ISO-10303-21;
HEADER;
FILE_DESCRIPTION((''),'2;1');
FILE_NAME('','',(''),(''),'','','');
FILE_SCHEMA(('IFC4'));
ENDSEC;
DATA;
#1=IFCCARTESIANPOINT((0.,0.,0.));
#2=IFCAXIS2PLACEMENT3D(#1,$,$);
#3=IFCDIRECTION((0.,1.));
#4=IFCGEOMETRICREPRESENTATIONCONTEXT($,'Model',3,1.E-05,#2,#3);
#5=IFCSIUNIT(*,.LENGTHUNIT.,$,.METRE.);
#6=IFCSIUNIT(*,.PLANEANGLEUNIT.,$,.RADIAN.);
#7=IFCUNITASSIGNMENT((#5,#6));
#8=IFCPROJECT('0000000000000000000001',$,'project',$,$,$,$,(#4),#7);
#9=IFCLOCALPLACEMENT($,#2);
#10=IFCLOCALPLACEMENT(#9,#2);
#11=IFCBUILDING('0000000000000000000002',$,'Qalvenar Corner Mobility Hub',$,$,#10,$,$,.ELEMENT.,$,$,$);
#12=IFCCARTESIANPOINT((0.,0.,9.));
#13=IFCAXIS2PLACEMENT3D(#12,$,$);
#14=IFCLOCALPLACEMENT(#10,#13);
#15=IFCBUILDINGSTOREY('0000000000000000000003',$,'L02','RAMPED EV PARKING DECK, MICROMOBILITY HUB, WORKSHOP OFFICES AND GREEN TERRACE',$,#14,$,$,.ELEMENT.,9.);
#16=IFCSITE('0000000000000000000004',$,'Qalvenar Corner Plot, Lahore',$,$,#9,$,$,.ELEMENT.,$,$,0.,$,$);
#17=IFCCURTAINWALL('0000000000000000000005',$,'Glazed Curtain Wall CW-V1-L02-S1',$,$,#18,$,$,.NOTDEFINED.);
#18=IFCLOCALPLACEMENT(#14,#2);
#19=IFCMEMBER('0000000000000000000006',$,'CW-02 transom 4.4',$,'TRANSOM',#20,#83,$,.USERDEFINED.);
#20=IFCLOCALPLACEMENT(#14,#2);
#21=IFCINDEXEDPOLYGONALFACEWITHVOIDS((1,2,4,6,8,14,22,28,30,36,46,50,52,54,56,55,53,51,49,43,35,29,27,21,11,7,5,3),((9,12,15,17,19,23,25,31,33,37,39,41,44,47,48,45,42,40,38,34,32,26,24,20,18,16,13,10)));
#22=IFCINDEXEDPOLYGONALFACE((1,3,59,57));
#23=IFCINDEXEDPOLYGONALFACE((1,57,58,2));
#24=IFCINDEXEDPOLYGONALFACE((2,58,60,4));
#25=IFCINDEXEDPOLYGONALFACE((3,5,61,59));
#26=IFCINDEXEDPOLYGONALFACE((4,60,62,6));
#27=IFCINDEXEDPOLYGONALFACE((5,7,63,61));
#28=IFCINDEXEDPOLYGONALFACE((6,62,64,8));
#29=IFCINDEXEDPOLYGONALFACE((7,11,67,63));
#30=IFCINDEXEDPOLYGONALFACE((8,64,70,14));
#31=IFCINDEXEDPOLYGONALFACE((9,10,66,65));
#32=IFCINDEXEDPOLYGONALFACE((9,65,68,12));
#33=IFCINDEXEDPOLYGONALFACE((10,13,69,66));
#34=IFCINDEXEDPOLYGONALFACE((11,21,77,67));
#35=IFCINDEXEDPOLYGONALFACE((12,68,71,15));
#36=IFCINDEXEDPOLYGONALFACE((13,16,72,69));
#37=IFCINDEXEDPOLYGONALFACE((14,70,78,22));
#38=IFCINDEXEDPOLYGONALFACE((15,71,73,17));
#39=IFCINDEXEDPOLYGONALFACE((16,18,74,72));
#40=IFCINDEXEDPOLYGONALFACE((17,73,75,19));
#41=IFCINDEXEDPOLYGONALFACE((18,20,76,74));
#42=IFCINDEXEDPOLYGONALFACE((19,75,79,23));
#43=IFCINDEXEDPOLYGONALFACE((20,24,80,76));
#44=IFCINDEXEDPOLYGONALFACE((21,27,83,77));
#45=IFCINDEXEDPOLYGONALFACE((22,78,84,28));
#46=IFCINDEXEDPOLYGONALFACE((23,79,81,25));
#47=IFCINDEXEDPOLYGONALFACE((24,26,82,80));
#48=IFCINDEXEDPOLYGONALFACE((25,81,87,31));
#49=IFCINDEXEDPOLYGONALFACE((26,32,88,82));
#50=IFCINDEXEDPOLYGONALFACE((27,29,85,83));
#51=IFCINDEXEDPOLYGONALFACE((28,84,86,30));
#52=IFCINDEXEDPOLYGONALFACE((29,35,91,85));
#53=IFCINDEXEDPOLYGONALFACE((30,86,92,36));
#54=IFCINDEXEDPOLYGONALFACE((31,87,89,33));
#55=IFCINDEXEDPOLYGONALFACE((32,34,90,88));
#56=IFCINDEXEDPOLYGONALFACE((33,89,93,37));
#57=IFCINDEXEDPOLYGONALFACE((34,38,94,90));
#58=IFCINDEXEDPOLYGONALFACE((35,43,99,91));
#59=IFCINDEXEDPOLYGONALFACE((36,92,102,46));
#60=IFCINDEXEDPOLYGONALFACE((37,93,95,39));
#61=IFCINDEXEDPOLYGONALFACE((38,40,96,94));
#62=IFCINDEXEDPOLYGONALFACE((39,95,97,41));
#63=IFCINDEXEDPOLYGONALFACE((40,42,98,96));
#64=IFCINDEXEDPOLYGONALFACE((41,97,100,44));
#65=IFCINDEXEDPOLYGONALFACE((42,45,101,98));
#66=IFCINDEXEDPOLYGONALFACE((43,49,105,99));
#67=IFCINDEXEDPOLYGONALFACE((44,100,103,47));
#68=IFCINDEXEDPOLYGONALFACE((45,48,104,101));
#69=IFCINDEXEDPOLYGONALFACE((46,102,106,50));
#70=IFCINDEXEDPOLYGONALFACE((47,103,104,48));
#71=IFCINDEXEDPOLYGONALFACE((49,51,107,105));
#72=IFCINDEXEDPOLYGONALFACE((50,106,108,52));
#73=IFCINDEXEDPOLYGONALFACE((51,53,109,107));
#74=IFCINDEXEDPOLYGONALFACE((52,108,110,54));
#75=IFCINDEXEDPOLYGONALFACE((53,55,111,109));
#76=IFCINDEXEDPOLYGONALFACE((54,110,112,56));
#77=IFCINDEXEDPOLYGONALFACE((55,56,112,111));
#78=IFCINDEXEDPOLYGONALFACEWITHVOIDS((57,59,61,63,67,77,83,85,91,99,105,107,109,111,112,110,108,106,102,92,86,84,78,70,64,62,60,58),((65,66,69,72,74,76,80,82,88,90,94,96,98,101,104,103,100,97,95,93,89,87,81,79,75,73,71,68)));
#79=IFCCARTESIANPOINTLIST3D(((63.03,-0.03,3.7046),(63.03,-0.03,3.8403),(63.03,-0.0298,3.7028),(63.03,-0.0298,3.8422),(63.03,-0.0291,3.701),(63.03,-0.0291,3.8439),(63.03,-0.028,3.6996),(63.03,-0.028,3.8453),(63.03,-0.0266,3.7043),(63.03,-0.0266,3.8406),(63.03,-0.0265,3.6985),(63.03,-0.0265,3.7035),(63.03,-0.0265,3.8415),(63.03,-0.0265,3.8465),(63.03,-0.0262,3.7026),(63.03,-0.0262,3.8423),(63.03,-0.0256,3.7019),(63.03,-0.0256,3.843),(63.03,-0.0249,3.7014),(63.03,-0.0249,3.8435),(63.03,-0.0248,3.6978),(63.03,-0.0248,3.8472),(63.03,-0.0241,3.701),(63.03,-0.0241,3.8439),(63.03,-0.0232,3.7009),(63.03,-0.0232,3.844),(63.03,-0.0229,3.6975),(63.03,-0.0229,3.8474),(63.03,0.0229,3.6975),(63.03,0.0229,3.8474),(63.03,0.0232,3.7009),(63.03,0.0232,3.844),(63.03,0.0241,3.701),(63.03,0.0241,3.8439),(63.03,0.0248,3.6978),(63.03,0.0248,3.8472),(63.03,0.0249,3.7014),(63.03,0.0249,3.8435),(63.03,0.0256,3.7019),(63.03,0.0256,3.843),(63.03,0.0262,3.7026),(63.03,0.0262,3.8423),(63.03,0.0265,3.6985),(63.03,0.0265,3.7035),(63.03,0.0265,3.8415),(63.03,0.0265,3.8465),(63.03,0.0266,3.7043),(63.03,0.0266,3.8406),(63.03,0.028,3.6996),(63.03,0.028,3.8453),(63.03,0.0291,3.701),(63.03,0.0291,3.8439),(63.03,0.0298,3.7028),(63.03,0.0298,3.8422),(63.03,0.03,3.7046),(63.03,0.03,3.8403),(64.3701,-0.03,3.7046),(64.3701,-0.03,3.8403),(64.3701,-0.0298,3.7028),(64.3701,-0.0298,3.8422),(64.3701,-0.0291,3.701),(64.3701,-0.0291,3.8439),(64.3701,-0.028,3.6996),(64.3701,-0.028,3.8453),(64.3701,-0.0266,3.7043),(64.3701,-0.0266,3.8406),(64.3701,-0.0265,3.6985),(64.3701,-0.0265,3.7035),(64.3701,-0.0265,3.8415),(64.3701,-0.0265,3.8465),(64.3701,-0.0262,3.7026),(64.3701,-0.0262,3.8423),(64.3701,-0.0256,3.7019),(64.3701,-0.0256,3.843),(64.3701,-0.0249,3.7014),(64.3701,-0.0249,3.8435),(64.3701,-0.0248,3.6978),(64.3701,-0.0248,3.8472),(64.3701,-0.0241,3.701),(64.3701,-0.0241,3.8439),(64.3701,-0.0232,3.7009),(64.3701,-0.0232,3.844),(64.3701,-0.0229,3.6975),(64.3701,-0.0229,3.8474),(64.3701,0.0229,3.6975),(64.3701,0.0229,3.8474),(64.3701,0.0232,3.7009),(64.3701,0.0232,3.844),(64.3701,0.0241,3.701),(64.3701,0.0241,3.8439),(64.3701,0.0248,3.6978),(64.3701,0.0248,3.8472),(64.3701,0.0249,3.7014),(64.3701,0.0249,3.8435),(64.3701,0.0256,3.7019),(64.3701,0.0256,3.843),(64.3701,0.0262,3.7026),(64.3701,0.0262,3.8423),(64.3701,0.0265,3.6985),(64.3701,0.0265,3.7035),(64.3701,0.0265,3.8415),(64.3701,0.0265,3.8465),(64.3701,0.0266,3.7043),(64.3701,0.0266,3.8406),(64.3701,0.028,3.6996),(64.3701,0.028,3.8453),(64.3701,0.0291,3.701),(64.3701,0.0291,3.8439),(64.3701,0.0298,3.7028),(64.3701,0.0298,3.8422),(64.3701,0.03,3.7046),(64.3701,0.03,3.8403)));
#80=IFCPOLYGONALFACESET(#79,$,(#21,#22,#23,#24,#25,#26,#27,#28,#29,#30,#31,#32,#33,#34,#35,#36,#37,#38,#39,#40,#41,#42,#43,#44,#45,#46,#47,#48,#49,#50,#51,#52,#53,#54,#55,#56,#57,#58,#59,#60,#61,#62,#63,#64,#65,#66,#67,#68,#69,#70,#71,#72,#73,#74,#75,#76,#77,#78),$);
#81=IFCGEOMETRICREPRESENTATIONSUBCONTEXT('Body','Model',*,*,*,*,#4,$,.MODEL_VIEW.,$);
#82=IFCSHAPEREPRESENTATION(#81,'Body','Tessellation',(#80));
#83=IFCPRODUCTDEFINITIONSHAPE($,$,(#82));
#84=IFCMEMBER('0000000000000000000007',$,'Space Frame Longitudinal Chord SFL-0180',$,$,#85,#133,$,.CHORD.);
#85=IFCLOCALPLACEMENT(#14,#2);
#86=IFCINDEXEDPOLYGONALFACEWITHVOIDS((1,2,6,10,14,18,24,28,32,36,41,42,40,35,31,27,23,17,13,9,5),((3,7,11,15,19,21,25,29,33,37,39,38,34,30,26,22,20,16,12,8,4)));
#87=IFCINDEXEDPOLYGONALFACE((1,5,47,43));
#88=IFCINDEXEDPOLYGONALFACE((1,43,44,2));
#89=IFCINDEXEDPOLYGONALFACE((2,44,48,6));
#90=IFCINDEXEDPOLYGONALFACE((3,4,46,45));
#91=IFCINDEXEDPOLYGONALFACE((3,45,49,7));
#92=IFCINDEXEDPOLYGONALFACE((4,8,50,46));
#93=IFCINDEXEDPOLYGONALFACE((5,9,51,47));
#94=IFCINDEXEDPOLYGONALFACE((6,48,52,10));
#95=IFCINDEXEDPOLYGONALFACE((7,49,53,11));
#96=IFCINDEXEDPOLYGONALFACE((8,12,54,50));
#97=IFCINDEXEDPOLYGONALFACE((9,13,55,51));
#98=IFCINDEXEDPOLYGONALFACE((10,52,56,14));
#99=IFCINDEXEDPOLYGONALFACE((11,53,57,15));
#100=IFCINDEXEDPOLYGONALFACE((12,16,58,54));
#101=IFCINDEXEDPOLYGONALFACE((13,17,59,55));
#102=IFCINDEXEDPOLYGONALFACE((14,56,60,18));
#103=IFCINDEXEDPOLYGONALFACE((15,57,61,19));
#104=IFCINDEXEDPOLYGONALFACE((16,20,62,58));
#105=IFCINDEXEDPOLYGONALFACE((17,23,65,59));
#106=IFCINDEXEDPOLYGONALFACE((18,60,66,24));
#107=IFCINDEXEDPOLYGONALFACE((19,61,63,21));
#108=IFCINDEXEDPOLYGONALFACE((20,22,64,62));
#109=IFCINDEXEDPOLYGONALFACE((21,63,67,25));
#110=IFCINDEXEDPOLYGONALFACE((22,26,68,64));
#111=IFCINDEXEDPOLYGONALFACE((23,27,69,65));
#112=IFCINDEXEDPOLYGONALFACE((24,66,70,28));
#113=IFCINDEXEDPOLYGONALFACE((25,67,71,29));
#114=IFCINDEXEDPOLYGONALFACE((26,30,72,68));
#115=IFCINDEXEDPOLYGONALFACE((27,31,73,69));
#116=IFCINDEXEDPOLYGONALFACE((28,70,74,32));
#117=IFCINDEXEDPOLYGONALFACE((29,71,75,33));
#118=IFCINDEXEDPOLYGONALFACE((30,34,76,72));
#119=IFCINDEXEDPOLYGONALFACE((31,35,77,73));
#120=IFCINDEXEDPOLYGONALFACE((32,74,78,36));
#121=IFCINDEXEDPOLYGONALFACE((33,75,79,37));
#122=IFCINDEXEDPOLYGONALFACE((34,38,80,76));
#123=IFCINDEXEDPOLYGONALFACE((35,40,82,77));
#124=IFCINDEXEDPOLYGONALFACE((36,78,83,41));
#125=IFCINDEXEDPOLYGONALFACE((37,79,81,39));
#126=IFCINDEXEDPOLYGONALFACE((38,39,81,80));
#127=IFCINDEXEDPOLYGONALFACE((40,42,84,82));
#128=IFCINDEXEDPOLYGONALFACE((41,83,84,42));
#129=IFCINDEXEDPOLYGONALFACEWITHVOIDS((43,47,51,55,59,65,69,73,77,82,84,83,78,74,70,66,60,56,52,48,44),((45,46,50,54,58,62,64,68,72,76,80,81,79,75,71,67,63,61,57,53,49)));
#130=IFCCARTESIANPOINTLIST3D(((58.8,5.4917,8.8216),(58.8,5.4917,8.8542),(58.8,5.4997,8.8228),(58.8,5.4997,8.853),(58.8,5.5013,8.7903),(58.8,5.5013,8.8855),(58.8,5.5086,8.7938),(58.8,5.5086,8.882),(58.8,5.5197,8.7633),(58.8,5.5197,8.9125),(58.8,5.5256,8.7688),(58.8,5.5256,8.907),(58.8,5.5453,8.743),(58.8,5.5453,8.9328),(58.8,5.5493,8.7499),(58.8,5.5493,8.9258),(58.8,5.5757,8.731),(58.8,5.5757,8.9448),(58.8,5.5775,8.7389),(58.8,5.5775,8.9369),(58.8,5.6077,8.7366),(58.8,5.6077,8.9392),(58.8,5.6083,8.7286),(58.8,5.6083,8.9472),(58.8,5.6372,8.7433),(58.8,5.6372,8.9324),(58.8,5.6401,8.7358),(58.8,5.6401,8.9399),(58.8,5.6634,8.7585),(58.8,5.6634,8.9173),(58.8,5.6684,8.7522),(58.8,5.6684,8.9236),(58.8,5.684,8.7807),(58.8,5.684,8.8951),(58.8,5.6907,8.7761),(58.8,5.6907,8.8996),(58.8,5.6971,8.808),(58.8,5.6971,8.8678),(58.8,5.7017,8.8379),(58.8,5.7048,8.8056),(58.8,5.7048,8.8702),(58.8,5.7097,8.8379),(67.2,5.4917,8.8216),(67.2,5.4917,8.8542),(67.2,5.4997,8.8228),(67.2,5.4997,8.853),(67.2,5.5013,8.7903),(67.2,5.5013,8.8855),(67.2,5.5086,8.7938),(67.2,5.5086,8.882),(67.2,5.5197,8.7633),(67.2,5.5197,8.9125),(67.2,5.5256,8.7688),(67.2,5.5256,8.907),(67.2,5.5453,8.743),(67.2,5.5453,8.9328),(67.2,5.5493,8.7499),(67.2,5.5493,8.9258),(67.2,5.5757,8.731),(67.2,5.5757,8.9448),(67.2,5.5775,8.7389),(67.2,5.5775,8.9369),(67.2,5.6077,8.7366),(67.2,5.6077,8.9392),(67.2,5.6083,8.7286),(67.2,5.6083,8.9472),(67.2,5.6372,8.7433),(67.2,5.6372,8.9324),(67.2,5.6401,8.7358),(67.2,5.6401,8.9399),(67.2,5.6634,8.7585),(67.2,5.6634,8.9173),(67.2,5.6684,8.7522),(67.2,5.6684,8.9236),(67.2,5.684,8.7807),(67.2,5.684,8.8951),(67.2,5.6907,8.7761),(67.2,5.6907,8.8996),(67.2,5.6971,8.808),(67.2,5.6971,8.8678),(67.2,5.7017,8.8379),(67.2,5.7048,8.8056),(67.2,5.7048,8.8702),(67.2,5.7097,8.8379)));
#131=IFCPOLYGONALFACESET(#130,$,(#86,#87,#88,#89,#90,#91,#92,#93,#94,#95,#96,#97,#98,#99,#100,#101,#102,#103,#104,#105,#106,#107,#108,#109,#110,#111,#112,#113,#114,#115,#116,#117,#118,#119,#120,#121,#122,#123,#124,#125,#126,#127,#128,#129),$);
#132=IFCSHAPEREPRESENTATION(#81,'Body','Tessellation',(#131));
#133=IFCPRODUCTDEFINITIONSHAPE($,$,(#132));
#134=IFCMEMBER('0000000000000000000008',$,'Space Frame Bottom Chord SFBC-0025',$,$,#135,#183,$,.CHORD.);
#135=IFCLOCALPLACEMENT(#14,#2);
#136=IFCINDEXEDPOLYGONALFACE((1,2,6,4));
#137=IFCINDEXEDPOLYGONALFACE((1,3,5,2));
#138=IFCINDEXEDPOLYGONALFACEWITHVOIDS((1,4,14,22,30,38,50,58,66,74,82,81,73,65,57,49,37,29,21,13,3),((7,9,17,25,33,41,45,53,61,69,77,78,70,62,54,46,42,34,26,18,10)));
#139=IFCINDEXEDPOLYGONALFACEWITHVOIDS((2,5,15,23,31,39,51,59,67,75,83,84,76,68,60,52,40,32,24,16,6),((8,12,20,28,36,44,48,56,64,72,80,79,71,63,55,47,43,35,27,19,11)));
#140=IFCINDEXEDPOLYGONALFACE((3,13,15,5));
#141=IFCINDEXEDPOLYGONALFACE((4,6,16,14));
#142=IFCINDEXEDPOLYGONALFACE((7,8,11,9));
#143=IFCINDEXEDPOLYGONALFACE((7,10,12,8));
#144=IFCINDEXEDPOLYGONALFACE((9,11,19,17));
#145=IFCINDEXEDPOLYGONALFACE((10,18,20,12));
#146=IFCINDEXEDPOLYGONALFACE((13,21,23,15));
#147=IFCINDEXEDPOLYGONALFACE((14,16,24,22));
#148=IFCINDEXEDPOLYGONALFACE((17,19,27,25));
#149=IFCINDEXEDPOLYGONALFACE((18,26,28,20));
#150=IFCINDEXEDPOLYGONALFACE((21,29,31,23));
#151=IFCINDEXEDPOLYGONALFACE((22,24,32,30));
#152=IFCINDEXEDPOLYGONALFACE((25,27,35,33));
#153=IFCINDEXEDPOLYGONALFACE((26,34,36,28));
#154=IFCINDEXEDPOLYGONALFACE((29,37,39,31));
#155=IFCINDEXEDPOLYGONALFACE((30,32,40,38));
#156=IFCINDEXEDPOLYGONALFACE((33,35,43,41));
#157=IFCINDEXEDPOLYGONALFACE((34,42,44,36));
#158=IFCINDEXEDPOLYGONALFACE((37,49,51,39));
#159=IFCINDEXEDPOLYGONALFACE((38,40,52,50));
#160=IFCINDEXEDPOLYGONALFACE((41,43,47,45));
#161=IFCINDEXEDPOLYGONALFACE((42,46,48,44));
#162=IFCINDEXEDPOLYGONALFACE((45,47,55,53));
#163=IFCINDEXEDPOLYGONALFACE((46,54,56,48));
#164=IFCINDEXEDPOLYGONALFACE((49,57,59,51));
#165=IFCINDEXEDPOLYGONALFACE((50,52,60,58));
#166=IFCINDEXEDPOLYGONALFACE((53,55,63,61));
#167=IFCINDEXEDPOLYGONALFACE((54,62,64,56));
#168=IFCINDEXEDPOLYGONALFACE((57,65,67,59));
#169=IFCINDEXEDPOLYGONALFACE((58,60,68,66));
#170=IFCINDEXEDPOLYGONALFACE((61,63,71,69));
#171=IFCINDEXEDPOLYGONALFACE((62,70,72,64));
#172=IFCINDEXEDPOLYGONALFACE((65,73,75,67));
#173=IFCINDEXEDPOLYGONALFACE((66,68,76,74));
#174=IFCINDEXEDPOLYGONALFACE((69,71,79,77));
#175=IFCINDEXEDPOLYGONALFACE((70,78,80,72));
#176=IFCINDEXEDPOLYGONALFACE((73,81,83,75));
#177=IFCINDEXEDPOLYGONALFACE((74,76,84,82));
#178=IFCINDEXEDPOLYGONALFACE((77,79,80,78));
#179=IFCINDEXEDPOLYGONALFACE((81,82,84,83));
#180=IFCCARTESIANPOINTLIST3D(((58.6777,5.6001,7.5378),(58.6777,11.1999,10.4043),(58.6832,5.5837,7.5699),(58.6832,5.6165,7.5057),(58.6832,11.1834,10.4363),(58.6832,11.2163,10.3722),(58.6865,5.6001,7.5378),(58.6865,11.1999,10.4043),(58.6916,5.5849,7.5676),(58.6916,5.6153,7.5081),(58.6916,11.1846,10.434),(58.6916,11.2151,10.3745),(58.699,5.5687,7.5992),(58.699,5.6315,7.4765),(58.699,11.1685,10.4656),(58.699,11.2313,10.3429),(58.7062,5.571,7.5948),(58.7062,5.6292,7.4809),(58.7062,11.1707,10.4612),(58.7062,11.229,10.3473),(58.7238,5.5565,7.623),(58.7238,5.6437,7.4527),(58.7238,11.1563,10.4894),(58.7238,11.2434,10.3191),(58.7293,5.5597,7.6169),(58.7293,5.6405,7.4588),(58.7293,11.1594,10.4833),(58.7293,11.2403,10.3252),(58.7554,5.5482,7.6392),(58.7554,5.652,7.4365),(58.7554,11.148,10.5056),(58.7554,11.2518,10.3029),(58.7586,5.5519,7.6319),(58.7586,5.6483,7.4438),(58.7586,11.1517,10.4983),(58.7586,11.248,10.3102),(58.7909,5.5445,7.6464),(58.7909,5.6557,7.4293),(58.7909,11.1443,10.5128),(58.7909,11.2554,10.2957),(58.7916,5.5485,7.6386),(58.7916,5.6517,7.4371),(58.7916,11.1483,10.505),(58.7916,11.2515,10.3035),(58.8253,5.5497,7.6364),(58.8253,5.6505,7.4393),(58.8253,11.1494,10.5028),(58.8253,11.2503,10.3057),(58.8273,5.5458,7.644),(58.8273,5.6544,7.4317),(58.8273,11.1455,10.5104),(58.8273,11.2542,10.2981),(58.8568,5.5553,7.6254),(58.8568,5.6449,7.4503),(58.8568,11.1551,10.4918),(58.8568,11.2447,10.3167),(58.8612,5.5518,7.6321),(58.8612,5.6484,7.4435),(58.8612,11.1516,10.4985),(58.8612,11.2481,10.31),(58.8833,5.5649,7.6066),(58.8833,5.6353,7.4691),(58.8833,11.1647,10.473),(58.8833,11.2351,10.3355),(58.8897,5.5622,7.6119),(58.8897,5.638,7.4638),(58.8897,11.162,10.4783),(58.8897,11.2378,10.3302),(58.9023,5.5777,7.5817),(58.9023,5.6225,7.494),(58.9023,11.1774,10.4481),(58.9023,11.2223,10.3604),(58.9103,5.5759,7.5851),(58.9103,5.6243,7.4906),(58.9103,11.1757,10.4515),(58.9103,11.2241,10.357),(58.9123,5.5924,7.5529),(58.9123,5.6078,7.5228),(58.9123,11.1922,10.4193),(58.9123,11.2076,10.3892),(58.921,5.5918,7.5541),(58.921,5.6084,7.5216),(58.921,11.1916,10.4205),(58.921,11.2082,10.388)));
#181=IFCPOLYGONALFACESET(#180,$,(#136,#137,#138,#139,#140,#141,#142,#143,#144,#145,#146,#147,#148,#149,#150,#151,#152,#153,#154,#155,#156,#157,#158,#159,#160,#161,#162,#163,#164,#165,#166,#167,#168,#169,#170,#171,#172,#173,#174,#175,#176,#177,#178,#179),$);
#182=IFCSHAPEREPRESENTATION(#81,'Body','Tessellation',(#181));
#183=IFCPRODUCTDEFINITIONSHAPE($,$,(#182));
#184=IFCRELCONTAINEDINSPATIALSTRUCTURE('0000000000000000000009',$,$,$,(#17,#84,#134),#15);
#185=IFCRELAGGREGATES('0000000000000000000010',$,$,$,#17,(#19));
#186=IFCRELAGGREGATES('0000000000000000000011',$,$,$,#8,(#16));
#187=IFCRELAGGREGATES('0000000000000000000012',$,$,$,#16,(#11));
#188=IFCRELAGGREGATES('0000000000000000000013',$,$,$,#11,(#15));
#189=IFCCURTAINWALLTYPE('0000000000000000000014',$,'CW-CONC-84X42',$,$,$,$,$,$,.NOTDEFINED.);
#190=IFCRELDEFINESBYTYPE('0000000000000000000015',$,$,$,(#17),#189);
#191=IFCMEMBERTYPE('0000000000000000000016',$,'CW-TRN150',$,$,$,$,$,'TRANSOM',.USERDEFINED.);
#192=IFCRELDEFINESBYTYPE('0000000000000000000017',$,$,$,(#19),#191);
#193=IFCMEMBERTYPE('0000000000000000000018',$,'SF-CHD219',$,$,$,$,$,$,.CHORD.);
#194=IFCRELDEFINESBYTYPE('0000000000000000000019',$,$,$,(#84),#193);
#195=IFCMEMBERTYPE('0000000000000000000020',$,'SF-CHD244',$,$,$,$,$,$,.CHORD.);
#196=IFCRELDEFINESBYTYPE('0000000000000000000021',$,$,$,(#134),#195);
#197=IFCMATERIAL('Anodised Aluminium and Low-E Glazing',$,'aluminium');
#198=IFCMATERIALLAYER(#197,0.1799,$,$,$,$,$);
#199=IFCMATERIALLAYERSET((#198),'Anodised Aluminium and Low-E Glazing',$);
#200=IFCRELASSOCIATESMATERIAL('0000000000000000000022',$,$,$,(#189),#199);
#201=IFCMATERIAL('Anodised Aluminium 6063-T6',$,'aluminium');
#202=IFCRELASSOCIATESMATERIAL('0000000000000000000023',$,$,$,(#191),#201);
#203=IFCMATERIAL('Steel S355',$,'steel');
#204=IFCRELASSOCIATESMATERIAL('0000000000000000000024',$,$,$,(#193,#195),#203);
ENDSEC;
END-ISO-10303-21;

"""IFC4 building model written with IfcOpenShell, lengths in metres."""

from ifc_helpers import new_model, si_unit, direction, frame, origin, origin_2d, place, context, subcontext, project, spatial, hollow_rectangle, hollow_circle, extrude, material, layer, layer_set, material_profile, profile_set, type_object, element, aggregate, save


model = new_model("IFC4")

# Units and contexts
model_context = context("Model", 3, precision=1e-05, world=origin(), true_north=direction((0.0, 1.0)))
body_context = subcontext(model_context, "Body", "Model", "MODEL_VIEW")
ifc_project = project(units=[si_unit("LENGTHUNIT", "METRE"), si_unit("PLANEANGLEUNIT", "RADIAN")], contexts=[model_context])

# Site, building, storey
site_placement = place(None, origin())
site = spatial("IfcSite", under=ifc_project, at=site_placement, Name="Qalvenar Corner Plot, Lahore", CompositionType="ELEMENT", RefElevation=0.0)
building_placement = place(site_placement, origin())
building = spatial("IfcBuilding", under=site, at=building_placement, Name="Qalvenar Corner Mobility Hub", CompositionType="ELEMENT")
storey_placement = place(building_placement, frame((0.0, 0.0, 9.0)))
storey = spatial("IfcBuildingStorey", under=building, at=storey_placement, Name="L02", Description="RAMPED EV PARKING DECK, MICROMOBILITY HUB, WORKSHOP OFFICES AND GREEN TERRACE", CompositionType="ELEMENT", Elevation=9.0)

# Curtain wall, member
ifc_material_1 = material(Name="Anodised Aluminium and Low-E Glazing", Category="aluminium")
ifc_layer_1 = layer(ifc_material_1, 0.1799)
ifc_layer_set_1 = layer_set([ifc_layer_1], Name="Anodised Aluminium and Low-E Glazing")
curtain_wall_type = type_object("IfcCurtainWallType", Name="CW-CONC-84X42", PredefinedType="NOTDEFINED", material=ifc_layer_set_1)
curtain_wall_placement = place(storey_placement, origin())
curtain_wall = element("IfcCurtainWall", 1, at=curtain_wall_placement, inside=storey, type_object=curtain_wall_type, Name="Glazed Curtain Wall CW-V1-L02-S1", PredefinedType="NOTDEFINED")
ifc_material_2 = material(Name="Anodised Aluminium 6063-T6", Category="aluminium")
ifc_material_profile_1 = material_profile(ifc_material_2, hollow_rectangle(XDim=0.0601, YDim=0.1499, WallThickness=0.0034, InnerFilletRadius=0.0034, OuterFilletRadius=0.0071, at=origin_2d()), Name="RHS150x60x3.5")
ifc_profile_set_1 = profile_set([ifc_material_profile_1], Name="Anodised Aluminium 6063-T6")
member_type_1 = type_object("IfcMemberType", Name="CW-TRN150", ElementType="TRANSOM", PredefinedType="USERDEFINED", material=ifc_profile_set_1)
member_1_placement = place(storey_placement, frame((63.03, 0.0, 3.7725), z_axis=(1.0, 0.0, 0.0), x_axis=(0.0, 1.0, 0.0)))
member_1 = element("IfcMember", 2, at=member_1_placement, type_object=member_type_1, Name="CW-02 transom 4.4", ObjectType="TRANSOM", PredefinedType="USERDEFINED", context=body_context, shape_type="SweptSolid", body=[
    extrude(hollow_rectangle(XDim=0.0601, YDim=0.1499, WallThickness=0.0034, InnerFilletRadius=0.0034, OuterFilletRadius=0.0071, at=origin_2d()), origin(), (0.0, 0.0, 1.0), 1.3401),
])

# Members
ifc_material_3 = material(Name="Steel S355", Category="steel")
ifc_material_profile_2 = material_profile(ifc_material_3, hollow_circle(Radius=0.1096, WallThickness=0.0081, at=origin_2d()), Name="CHS219.1x8")
ifc_profile_set_2 = profile_set([ifc_material_profile_2], Name="Steel S355")
member_type_2 = type_object("IfcMemberType", Name="SF-CHD219", PredefinedType="CHORD", material=ifc_profile_set_2)
member_2_placement = place(storey_placement, frame((58.8, 5.6001, 8.8379), z_axis=(1.0, 0.0, 0.0), x_axis=(0.0, 1.0, 0.0)))
element("IfcMember", 3, at=member_2_placement, inside=storey, type_object=member_type_2, Name="Space Frame Longitudinal Chord SFL-0180", PredefinedType="CHORD", context=body_context, shape_type="SweptSolid", body=[
    extrude(hollow_circle(Radius=0.1096, WallThickness=0.0081, at=origin_2d()), origin(), (0.0, 0.0, 1.0), 8.3999),
])
ifc_material_profile_3 = material_profile(ifc_material_3, hollow_circle(Radius=0.1223, WallThickness=0.0088, at=origin_2d()), Name="CHS244.5x8.8")
ifc_profile_set_3 = profile_set([ifc_material_profile_3], Name="Steel S355")
member_type_3 = type_object("IfcMemberType", Name="SF-CHD244", PredefinedType="CHORD", material=ifc_profile_set_3)
member_3_placement = place(storey_placement, frame((58.8, 5.6001, 7.5378), z_axis=(0.0, 0.890157, 0.455654), x_axis=(-1.0, 0.0, 0.0)))
element("IfcMember", 4, at=member_3_placement, inside=storey, type_object=member_type_3, Name="Space Frame Bottom Chord SFBC-0025", PredefinedType="CHORD", context=body_context, shape_type="SweptSolid", body=[
    extrude(hollow_circle(Radius=0.1223, WallThickness=0.0088, at=origin_2d()), origin(), (0.0, 0.0, 1.0), 6.2908),
])

aggregate(curtain_wall, [member_1])

save(model, "model.ifc")
